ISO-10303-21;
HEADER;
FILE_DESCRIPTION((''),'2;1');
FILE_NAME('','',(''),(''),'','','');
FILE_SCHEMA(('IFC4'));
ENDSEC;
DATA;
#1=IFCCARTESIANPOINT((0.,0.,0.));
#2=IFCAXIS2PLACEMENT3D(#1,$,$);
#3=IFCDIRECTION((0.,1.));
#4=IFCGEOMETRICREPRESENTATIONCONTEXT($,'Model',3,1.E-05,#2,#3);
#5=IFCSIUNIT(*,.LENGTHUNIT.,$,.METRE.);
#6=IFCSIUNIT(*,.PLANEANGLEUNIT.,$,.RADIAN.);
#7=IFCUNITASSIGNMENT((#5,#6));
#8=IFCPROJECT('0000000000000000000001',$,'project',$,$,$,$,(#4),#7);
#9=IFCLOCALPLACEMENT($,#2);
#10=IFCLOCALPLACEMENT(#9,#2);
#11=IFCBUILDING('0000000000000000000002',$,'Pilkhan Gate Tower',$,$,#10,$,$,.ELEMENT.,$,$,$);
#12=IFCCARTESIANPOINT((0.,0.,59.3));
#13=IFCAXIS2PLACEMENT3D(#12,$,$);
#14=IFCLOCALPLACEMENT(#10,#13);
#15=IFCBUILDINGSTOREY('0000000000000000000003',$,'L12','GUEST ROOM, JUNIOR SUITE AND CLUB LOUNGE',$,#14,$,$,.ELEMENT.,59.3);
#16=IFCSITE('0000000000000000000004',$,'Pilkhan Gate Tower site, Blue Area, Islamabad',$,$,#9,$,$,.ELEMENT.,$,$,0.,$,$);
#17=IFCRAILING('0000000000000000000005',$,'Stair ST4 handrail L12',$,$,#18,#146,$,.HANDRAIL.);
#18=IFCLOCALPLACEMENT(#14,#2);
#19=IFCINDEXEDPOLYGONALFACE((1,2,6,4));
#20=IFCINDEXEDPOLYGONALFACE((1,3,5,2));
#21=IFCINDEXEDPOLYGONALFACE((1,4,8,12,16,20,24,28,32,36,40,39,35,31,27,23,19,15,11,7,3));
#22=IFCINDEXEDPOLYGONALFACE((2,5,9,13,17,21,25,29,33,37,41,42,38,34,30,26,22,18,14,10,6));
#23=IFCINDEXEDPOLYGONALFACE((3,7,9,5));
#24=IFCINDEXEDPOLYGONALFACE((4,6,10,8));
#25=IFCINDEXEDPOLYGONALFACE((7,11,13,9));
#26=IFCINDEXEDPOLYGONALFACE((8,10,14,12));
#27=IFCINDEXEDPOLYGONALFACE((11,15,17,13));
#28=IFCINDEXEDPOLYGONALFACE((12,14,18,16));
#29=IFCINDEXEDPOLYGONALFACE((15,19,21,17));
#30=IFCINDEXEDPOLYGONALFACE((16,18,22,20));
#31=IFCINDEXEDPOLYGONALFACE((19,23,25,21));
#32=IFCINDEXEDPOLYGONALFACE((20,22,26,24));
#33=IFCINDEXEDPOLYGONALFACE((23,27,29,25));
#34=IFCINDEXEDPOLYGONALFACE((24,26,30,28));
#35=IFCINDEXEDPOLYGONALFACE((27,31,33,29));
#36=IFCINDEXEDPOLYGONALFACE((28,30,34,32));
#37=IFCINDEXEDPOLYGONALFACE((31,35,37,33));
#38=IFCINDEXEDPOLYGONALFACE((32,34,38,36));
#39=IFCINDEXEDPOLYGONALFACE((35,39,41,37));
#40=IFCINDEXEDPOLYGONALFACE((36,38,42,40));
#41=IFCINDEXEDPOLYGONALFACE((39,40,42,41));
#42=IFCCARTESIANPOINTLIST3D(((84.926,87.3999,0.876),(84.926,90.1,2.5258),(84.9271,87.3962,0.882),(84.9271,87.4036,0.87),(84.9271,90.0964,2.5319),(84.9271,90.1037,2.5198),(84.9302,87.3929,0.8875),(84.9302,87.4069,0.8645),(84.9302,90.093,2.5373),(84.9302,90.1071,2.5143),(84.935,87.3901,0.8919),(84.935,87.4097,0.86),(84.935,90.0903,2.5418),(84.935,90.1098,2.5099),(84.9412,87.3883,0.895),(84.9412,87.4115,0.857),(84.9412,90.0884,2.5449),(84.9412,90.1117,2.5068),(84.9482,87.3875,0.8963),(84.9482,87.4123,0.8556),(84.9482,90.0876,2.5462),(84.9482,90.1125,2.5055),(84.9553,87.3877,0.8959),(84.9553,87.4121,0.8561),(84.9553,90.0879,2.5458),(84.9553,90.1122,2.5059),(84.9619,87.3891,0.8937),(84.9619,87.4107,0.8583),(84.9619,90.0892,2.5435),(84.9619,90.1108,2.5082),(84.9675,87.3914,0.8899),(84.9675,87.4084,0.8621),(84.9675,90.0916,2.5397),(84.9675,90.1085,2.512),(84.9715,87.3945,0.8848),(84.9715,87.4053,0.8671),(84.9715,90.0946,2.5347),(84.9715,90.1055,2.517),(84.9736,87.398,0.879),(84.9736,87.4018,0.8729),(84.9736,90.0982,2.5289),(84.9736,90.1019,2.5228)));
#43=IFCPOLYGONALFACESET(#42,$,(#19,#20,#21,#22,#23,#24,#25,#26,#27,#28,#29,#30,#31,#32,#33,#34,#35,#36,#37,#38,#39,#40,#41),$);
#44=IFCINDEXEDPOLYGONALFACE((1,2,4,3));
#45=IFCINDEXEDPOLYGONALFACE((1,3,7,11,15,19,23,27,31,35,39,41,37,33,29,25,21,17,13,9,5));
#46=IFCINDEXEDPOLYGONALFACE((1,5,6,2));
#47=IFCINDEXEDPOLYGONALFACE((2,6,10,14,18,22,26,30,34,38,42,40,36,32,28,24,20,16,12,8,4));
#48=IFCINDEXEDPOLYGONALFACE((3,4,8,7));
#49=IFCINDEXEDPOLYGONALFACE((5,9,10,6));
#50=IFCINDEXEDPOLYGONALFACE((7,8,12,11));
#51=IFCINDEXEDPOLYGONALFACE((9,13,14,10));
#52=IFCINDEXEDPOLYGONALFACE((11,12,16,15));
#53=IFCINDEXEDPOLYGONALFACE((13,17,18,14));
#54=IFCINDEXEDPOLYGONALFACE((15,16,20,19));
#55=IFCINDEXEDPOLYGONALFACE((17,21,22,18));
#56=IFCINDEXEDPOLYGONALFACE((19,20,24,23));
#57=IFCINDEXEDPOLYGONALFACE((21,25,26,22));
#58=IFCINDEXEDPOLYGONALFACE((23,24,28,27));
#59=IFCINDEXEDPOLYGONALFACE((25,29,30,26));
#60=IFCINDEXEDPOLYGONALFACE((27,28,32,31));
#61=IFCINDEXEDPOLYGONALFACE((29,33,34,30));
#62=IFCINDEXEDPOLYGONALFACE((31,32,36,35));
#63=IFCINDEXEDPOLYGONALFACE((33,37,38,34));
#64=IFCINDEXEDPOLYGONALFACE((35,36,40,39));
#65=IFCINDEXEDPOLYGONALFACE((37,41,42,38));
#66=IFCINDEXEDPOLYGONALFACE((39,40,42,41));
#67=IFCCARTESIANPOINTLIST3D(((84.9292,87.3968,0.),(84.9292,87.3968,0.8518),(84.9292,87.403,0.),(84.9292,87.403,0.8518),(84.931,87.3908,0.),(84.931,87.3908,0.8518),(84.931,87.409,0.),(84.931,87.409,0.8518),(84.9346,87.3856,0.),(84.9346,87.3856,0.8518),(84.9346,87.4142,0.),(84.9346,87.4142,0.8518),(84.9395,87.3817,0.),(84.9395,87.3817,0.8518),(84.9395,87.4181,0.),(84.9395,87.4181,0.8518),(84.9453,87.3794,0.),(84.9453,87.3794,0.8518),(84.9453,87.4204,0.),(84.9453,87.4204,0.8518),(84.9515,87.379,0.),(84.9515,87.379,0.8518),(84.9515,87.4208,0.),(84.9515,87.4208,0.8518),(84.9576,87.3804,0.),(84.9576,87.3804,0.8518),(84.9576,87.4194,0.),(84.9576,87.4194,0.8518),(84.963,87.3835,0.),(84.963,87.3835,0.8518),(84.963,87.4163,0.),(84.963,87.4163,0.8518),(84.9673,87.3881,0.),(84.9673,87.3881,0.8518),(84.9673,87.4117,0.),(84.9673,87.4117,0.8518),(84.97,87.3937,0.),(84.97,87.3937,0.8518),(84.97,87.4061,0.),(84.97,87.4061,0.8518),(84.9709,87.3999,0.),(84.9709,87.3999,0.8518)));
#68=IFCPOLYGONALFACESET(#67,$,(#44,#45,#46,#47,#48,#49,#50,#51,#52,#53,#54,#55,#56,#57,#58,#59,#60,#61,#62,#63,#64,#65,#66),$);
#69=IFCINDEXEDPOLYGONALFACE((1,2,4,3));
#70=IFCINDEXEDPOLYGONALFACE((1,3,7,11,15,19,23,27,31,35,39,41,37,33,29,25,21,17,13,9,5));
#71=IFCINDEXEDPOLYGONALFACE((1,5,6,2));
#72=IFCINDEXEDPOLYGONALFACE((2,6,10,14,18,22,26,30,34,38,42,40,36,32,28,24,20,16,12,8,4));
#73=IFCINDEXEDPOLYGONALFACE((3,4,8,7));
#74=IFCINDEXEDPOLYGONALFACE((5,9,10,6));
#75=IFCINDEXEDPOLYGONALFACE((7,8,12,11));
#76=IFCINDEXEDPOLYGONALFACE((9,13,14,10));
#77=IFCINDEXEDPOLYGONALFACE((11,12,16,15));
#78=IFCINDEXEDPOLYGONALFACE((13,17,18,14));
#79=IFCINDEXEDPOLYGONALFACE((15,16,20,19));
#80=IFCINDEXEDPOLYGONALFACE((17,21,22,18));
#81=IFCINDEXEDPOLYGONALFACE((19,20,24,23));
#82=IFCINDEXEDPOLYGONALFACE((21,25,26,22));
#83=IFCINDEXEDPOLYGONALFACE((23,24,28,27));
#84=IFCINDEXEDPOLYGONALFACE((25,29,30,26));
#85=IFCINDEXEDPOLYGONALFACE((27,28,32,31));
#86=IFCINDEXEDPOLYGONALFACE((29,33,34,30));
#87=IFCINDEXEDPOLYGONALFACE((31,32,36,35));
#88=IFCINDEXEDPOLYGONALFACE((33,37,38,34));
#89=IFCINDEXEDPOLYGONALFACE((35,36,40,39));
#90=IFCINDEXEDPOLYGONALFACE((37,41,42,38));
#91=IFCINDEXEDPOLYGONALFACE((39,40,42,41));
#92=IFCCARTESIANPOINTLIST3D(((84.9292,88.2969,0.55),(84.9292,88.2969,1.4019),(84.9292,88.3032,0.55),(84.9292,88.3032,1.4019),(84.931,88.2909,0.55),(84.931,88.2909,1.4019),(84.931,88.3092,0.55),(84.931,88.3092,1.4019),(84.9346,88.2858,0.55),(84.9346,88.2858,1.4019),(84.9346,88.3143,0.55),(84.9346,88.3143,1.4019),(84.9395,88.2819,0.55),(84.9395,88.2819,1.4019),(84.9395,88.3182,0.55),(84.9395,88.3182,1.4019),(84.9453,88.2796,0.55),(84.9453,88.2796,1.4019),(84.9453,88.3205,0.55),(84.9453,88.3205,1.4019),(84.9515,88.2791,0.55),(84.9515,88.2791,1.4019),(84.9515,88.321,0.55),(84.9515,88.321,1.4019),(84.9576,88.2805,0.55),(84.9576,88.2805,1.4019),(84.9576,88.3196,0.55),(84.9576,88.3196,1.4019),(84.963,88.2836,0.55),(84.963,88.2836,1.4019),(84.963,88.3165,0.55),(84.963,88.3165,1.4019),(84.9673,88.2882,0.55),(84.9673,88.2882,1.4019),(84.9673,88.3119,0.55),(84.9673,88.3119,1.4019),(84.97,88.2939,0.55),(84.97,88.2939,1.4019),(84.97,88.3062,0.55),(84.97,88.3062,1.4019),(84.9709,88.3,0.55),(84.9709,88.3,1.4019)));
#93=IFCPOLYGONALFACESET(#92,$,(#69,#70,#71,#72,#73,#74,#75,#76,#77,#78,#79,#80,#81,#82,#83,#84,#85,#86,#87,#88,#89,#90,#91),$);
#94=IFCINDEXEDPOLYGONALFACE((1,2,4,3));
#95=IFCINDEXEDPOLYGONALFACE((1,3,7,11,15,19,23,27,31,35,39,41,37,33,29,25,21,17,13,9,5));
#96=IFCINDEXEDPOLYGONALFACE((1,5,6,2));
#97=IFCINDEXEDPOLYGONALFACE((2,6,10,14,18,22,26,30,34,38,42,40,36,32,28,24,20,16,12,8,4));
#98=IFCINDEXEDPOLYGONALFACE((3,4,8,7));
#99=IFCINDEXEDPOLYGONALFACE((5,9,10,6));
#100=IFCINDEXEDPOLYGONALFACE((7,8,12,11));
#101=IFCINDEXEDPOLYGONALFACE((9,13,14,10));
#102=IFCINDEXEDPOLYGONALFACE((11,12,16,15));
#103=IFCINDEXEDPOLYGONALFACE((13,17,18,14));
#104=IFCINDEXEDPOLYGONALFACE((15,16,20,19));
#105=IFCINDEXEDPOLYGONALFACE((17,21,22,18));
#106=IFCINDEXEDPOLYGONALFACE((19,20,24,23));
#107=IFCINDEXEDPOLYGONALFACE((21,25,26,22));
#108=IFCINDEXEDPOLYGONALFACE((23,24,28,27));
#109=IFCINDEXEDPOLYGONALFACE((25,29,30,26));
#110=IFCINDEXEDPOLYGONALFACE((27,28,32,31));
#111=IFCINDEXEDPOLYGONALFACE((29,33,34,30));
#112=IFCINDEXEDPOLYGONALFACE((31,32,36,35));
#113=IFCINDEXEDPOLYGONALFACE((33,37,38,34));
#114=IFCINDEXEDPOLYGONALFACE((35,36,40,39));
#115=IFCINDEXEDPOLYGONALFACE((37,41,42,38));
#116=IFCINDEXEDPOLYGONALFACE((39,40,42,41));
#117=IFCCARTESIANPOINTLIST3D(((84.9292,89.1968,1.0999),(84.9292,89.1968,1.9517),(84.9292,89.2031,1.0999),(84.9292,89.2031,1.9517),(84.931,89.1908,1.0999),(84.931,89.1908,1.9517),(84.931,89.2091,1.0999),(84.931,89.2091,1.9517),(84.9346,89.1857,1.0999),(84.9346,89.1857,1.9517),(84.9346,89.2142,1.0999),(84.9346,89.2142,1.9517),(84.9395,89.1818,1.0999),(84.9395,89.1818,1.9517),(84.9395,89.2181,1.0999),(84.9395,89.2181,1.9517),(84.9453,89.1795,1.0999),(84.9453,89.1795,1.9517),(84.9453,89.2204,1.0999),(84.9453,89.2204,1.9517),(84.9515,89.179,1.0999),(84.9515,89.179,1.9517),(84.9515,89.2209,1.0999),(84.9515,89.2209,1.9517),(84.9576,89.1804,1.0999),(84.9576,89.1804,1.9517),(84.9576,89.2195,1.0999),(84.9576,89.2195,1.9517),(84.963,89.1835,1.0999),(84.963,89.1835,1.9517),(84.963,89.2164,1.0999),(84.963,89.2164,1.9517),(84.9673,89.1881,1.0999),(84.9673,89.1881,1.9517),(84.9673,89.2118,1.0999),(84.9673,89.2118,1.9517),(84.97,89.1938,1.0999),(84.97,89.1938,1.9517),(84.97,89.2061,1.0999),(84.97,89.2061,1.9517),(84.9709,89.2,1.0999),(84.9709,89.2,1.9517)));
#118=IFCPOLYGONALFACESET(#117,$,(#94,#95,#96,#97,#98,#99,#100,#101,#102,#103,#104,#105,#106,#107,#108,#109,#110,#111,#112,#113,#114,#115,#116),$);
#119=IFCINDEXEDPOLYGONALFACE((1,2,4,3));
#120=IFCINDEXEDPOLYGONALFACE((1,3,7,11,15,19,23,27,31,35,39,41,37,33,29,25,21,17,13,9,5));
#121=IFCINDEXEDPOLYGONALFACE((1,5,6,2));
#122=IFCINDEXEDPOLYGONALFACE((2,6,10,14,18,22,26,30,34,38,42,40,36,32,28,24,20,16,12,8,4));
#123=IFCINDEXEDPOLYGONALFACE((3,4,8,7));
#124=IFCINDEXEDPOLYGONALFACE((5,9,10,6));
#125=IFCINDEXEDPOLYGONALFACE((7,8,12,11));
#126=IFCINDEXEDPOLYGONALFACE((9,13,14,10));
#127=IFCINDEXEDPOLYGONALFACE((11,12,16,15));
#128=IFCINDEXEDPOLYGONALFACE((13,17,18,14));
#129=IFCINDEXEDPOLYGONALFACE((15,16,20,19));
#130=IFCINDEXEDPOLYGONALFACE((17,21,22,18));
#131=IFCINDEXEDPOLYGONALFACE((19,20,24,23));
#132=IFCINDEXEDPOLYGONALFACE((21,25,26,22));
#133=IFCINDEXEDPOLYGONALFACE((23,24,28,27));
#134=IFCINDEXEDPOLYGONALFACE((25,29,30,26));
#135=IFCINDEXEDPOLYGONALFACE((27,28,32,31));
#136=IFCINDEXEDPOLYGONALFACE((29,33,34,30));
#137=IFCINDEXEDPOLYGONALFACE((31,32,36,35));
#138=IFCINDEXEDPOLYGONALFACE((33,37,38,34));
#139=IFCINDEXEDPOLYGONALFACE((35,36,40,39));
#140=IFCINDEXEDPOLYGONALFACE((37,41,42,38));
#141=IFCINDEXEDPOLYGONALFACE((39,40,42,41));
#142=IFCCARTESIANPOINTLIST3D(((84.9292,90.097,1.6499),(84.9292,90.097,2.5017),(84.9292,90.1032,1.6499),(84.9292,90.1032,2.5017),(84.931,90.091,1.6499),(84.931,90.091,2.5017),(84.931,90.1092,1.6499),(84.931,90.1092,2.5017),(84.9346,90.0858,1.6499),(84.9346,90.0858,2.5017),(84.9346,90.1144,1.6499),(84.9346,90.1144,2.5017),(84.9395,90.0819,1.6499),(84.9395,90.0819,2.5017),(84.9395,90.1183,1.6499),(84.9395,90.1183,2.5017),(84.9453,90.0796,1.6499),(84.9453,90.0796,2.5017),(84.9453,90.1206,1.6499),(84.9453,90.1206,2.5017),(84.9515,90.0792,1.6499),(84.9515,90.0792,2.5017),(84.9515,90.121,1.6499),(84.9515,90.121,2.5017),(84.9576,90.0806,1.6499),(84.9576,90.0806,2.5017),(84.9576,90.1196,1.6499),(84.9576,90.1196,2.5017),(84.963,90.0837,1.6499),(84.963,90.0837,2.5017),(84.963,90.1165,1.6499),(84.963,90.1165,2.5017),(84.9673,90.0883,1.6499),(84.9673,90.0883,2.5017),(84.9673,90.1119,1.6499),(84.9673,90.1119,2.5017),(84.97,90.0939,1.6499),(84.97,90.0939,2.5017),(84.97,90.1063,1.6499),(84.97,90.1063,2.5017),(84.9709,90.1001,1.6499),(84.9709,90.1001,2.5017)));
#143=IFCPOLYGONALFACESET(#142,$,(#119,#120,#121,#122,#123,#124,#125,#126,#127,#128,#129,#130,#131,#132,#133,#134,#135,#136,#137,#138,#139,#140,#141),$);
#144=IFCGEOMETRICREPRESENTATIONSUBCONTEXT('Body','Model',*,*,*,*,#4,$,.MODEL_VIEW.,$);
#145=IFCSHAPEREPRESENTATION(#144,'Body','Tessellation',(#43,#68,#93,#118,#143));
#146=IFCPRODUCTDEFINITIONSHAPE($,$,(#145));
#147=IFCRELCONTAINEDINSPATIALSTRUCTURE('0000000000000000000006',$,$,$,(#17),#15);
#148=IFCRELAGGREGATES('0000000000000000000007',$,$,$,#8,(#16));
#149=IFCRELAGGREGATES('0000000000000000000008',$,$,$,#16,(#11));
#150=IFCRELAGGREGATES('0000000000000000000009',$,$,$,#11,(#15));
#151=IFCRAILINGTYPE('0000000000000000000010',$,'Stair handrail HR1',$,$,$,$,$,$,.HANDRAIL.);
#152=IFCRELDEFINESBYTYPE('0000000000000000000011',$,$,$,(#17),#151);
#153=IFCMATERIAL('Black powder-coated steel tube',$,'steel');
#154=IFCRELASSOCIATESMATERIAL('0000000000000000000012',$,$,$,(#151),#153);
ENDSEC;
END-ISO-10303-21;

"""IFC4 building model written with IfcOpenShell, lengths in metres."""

from ifc_helpers import new_model, si_unit, direction, frame, origin, origin_2d, place, context, subcontext, project, spatial, circle, extrude, material, type_object, element, save


model = new_model("IFC4")

# Units and contexts
model_context = context("Model", 3, precision=1e-05, world=origin(), true_north=direction((0.0, 1.0)))
body_context = subcontext(model_context, "Body", "Model", "MODEL_VIEW")
ifc_project = project(units=[si_unit("LENGTHUNIT", "METRE"), si_unit("PLANEANGLEUNIT", "RADIAN")], contexts=[model_context])

# Site, building, storey
site_placement = place(None, origin())
site = spatial("IfcSite", under=ifc_project, at=site_placement, Name="Pilkhan Gate Tower site, Blue Area, Islamabad", CompositionType="ELEMENT", RefElevation=0.0)
building_placement = place(site_placement, origin())
building = spatial("IfcBuilding", under=site, at=building_placement, Name="Pilkhan Gate Tower", CompositionType="ELEMENT")
storey_placement = place(building_placement, frame((0.0, 0.0, 59.3)))
storey = spatial("IfcBuildingStorey", under=building, at=storey_placement, Name="L12", Description="GUEST ROOM, JUNIOR SUITE AND CLUB LOUNGE", CompositionType="ELEMENT", Elevation=59.3)

# Railing
ifc_material_1 = material(Name="Black powder-coated steel tube", Category="steel")
railing_type_1 = type_object("IfcRailingType", Name="Stair handrail HR1", PredefinedType="HANDRAIL", material=ifc_material_1)
railing_1_placement = place(storey_placement, frame((84.95, 87.3999, 0.0)))
element("IfcRailing", 1, at=railing_1_placement, inside=storey, type_object=railing_type_1, Name="Stair ST4 handrail L12", PredefinedType="HANDRAIL", context=body_context, shape_type="SweptSolid", body=[
    extrude(circle(Radius=0.0239, at=origin_2d()), frame((0.0, 0.0, 0.876), z_axis=(0.0, 0.853312, 0.5214), x_axis=(-1.0, 0.0, 0.0)), (0.0, 0.0, 1.0), 3.1643),
    extrude(circle(Radius=0.021, at=origin_2d()), origin(), (0.0, 0.0, 1.0), 0.8518),
    extrude(circle(Radius=0.021, at=origin_2d()), frame((0.0, 0.9001, 0.55)), (0.0, 0.0, 1.0), 0.8518),
    extrude(circle(Radius=0.021, at=origin_2d()), frame((0.0, 1.8, 1.0999)), (0.0, 0.0, 1.0), 0.8518),
    extrude(circle(Radius=0.021, at=origin_2d()), frame((0.0, 2.7002, 1.6499)), (0.0, 0.0, 1.0), 0.8518),
])

save(model, "model.ifc")
